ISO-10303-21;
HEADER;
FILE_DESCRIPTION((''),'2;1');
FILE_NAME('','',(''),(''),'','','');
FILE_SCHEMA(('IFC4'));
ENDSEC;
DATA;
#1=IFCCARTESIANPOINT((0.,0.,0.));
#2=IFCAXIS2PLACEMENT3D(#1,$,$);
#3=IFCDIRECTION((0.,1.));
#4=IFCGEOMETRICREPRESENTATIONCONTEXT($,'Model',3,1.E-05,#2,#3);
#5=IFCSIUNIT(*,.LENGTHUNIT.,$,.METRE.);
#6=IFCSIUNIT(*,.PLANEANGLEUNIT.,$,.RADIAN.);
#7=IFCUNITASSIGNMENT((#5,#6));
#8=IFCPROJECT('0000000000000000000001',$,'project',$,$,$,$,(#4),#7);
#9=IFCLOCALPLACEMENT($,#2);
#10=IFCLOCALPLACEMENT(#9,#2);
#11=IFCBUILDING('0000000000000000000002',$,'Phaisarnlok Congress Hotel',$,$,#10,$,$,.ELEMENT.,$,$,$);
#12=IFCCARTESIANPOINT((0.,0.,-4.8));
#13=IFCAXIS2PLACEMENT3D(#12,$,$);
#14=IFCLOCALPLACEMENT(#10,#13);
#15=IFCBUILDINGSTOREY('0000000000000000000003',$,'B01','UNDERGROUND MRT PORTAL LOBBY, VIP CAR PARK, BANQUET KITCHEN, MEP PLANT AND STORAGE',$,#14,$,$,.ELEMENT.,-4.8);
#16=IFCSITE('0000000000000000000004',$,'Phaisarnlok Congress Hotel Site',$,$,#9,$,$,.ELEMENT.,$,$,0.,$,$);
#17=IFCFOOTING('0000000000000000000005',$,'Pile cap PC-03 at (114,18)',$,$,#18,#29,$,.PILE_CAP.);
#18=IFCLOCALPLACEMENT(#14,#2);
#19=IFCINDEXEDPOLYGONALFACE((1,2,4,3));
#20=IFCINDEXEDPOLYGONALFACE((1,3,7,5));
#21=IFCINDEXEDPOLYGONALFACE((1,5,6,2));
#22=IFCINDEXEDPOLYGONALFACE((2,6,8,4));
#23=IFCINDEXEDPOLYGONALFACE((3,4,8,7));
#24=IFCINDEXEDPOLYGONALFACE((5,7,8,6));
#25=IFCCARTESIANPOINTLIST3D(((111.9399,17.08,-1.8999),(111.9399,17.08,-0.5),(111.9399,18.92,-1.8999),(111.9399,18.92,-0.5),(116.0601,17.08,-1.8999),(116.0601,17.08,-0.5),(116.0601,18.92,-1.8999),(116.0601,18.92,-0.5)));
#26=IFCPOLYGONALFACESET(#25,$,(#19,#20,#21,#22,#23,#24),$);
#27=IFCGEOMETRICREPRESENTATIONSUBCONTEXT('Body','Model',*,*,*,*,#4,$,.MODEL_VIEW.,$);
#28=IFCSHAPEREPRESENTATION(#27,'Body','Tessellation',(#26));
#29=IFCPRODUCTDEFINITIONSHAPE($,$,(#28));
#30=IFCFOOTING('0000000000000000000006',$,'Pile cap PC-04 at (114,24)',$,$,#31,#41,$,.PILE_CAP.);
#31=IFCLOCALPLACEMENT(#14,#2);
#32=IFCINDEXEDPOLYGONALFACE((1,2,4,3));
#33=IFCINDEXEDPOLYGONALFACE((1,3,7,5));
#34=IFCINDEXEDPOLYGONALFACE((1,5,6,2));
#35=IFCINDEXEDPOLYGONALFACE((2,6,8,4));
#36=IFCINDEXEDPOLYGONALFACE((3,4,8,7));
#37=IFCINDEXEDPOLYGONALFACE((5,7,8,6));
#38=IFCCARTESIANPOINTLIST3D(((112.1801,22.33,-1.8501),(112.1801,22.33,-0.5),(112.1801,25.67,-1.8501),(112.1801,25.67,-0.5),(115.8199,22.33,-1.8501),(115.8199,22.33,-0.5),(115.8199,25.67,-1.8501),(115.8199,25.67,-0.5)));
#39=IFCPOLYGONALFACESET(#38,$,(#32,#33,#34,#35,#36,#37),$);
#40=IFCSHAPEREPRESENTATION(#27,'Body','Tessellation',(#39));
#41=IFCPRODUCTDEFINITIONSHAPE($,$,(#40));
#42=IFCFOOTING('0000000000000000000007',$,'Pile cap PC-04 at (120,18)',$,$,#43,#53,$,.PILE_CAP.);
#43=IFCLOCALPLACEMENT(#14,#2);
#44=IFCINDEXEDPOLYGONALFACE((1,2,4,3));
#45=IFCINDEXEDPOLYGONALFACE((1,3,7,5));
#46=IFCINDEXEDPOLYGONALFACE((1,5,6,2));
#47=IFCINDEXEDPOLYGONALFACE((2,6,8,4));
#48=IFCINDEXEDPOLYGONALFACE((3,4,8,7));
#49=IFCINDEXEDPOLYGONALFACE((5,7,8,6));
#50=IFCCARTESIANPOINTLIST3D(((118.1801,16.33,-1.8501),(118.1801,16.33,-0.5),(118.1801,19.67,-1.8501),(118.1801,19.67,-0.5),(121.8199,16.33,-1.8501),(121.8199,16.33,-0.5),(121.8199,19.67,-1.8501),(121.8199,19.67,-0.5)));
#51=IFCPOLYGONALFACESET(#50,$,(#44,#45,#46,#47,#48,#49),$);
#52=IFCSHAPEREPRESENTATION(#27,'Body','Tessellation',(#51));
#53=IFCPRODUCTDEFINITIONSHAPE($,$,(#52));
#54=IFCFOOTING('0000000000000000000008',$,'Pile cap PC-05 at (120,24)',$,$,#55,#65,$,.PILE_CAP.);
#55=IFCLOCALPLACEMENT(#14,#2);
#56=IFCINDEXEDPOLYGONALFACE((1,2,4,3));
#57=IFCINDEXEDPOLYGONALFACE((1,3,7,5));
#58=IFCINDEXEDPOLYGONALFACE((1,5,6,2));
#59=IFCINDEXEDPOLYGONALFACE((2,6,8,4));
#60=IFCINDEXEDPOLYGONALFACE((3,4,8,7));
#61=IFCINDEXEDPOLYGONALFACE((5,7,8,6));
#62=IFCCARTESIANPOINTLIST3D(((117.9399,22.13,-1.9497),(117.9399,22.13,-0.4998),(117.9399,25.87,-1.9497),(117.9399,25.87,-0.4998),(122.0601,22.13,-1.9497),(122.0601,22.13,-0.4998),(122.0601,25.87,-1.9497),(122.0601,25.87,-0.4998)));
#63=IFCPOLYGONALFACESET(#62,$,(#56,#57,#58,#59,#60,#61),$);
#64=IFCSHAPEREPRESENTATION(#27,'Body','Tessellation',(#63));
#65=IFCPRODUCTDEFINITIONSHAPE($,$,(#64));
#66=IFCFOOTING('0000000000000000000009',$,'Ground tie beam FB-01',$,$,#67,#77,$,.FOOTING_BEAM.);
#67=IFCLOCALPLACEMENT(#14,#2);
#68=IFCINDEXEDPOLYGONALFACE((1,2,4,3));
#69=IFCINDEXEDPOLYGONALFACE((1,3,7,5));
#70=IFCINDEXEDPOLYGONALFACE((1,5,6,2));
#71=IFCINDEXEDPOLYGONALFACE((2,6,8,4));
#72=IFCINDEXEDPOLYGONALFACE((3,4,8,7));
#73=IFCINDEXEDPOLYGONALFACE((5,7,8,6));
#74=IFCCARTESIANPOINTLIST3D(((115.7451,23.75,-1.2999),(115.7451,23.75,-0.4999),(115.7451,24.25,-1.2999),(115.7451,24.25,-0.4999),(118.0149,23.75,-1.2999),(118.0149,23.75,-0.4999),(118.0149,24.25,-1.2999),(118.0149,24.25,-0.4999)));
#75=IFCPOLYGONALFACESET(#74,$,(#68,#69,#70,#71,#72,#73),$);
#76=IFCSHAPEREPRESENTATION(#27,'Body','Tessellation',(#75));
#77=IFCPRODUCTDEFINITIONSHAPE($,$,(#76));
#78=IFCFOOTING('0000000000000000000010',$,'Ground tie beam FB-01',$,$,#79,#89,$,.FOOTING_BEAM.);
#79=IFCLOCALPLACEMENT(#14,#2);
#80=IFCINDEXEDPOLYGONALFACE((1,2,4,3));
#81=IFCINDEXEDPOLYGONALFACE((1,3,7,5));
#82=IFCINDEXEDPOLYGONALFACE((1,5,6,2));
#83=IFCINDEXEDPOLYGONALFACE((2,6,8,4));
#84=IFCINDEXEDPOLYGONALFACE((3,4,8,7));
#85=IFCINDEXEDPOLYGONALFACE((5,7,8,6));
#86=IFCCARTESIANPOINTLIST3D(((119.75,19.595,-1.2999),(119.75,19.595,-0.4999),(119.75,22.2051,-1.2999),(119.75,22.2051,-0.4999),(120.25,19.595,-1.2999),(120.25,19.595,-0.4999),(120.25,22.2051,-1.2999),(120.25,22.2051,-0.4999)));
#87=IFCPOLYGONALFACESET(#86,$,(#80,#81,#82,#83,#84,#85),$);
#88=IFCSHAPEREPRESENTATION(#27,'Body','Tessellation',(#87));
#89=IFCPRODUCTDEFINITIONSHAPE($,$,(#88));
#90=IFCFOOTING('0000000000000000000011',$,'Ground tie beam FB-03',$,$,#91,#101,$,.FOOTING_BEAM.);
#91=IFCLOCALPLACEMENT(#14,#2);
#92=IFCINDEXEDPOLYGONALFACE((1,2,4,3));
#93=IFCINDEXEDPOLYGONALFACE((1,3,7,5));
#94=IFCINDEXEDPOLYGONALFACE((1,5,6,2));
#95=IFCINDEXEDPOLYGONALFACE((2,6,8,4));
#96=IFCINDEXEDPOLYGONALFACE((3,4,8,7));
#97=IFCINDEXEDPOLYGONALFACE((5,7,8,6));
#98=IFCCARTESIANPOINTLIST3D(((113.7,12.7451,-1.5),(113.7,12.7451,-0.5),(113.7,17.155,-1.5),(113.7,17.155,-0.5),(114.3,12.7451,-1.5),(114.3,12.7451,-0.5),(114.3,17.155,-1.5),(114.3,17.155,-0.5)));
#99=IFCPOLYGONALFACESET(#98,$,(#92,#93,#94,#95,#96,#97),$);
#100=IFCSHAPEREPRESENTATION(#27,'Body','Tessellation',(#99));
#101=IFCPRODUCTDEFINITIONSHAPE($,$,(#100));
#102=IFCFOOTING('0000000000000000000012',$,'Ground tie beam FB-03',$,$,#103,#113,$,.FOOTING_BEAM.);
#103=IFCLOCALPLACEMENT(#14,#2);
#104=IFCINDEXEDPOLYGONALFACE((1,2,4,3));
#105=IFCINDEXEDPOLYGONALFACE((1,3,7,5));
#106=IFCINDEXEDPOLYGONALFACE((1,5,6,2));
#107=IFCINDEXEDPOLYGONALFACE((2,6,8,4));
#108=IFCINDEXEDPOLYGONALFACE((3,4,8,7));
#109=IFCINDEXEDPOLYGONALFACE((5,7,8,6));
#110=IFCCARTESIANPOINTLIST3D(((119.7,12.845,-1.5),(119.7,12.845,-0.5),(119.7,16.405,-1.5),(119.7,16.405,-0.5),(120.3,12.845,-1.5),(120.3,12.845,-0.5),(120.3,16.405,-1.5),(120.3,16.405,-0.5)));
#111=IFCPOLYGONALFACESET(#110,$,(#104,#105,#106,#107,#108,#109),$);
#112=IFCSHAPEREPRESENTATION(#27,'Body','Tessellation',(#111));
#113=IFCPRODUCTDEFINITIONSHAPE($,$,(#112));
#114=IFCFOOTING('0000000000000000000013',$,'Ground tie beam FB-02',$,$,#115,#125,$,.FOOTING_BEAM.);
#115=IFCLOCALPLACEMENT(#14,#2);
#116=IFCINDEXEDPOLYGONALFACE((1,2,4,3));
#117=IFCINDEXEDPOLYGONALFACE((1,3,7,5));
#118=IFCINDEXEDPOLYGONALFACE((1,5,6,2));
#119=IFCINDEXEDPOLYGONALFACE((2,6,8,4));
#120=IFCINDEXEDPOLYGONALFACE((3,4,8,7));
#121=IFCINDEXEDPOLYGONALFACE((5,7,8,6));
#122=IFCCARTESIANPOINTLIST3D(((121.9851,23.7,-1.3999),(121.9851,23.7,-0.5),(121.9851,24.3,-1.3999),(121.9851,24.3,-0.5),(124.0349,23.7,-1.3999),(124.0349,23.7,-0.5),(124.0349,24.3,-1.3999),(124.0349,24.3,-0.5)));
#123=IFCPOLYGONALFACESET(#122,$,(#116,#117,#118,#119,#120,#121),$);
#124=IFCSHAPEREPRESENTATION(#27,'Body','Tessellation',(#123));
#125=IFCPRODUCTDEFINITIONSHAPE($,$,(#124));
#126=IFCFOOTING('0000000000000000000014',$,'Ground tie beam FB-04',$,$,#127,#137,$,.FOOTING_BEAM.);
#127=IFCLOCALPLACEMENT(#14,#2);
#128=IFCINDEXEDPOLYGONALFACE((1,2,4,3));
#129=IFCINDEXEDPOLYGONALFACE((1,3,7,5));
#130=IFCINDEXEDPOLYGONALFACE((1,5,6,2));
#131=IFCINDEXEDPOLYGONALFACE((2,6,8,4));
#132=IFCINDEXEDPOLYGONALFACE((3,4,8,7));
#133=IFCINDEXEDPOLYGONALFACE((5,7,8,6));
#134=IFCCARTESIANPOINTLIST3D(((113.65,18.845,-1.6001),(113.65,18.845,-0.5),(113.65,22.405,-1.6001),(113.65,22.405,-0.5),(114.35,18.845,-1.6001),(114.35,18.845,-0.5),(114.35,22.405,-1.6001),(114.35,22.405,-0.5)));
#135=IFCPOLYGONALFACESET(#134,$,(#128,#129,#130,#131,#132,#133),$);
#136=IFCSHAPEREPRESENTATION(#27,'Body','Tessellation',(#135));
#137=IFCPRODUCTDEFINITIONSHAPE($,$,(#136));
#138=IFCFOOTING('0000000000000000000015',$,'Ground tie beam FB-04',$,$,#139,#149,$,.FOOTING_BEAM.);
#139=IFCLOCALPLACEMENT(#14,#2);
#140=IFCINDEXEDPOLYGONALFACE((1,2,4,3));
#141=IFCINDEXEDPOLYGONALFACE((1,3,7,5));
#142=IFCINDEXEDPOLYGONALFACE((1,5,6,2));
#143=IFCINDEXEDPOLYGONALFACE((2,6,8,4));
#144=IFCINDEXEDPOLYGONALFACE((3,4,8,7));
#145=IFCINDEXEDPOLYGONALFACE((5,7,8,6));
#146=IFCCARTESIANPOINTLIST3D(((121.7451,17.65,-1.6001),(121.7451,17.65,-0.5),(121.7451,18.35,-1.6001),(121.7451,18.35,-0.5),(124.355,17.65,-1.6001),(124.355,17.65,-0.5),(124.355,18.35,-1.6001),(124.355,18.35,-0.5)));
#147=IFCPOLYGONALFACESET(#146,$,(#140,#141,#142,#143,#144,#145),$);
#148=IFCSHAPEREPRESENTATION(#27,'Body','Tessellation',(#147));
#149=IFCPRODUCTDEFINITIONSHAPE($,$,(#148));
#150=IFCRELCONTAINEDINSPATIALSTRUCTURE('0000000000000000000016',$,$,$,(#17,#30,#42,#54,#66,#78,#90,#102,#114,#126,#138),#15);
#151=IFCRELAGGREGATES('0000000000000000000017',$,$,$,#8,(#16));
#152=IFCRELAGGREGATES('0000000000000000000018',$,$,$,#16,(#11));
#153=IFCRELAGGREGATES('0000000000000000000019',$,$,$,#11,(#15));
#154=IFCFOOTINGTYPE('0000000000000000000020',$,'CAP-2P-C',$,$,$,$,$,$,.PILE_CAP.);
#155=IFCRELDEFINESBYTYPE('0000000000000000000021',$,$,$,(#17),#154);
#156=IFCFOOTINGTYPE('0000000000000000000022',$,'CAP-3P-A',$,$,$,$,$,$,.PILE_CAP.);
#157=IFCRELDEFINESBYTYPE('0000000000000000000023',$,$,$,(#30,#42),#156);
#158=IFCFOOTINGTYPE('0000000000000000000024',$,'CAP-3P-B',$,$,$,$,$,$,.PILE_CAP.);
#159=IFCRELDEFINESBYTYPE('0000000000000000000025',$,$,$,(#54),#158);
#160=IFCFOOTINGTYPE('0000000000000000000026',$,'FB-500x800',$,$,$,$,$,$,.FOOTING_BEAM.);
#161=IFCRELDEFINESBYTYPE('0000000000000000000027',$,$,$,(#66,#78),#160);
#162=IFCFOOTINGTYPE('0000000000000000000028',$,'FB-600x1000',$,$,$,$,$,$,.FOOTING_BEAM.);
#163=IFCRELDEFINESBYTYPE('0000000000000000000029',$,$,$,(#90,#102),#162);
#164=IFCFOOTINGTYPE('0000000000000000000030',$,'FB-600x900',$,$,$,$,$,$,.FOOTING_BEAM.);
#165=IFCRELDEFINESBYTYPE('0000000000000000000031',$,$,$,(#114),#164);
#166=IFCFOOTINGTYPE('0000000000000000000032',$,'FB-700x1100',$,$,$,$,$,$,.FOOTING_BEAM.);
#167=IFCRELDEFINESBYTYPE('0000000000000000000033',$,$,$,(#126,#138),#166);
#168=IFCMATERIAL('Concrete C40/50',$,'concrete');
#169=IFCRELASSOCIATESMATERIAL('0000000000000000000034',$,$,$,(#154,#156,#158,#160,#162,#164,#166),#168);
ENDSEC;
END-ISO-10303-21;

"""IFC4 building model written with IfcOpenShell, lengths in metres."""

from ifc_helpers import new_model, si_unit, direction, frame, origin, origin_2d, place, context, subcontext, project, spatial, rectangle, extrude, material, material_profile, profile_set, type_object, element, save


model = new_model("IFC4")

# Units and contexts
model_context = context("Model", 3, precision=1e-05, world=origin(), true_north=direction((0.0, 1.0)))
body_context = subcontext(model_context, "Body", "Model", "MODEL_VIEW")
ifc_project = project(units=[si_unit("LENGTHUNIT", "METRE"), si_unit("PLANEANGLEUNIT", "RADIAN")], contexts=[model_context])

# Site, building, storey
site_placement = place(None, origin())
site = spatial("IfcSite", under=ifc_project, at=site_placement, Name="Phaisarnlok Congress Hotel Site", CompositionType="ELEMENT", RefElevation=0.0)
building_placement = place(site_placement, origin())
building = spatial("IfcBuilding", under=site, at=building_placement, Name="Phaisarnlok Congress Hotel", CompositionType="ELEMENT")
storey_placement = place(building_placement, frame((0.0, 0.0, -4.8)))
storey = spatial("IfcBuildingStorey", under=building, at=storey_placement, Name="B01", Description="UNDERGROUND MRT PORTAL LOBBY, VIP CAR PARK, BANQUET KITCHEN, MEP PLANT AND STORAGE", CompositionType="ELEMENT", Elevation=-4.8)

# Footings
ifc_material_1 = material(Name="Concrete C40/50", Category="concrete")
footing_type_1 = type_object("IfcFootingType", Name="CAP-2P-C", PredefinedType="PILE_CAP", material=ifc_material_1)
footing_1_placement = place(storey_placement, frame((114.0, 18.0, -1.8999), z_axis=(0.0, 0.0, 1.0), x_axis=(1.0, 0.0, 0.0)))
element("IfcFooting", 1, at=footing_1_placement, inside=storey, type_object=footing_type_1, Name="Pile cap PC-03 at (114,18)", PredefinedType="PILE_CAP", context=body_context, shape_type="SweptSolid", body=[
    extrude(rectangle(XDim=4.1201, YDim=1.8401, at=origin_2d()), origin(), (0.0, 0.0, 1.0), 1.3999),
])
footing_type_2 = type_object("IfcFootingType", Name="CAP-3P-A", PredefinedType="PILE_CAP", material=ifc_material_1)
for number, where, z_axis, x_axis, name in (
    (2, (114.0, 24.0, -1.8501), (0.0, 0.0, 1.0), (1.0, 0.0, 0.0), "Pile cap PC-04 at (114,24)"),
    (3, (120.0, 18.0, -1.8501), (0.0, 0.0, 1.0), (1.0, 0.0, 0.0), "Pile cap PC-04 at (120,18)"),
):
    element("IfcFooting", number, at=place(storey_placement, frame(where, z_axis=z_axis, x_axis=x_axis)), inside=storey, type_object=footing_type_2, Name=name, PredefinedType="PILE_CAP", context=body_context, shape_type="SweptSolid", body=[
        extrude(rectangle(XDim=3.6399, YDim=3.3401, at=origin_2d()), origin(), (0.0, 0.0, 1.0), 1.3501),
    ])
footing_type_3 = type_object("IfcFootingType", Name="CAP-3P-B", PredefinedType="PILE_CAP", material=ifc_material_1)
footing_2_placement = place(storey_placement, frame((120.0, 24.0, -1.9497), z_axis=(0.0, 0.0, 1.0), x_axis=(1.0, 0.0, 0.0)))
element("IfcFooting", 4, at=footing_2_placement, inside=storey, type_object=footing_type_3, Name="Pile cap PC-05 at (120,24)", PredefinedType="PILE_CAP", context=body_context, shape_type="SweptSolid", body=[
    extrude(rectangle(XDim=4.1201, YDim=3.74, at=origin_2d()), origin(), (0.0, 0.0, 1.0), 1.45),
])
ifc_material_profile_1 = material_profile(ifc_material_1, rectangle(XDim=0.5, YDim=0.8, at=origin_2d()), Name="FB-500x800")
ifc_profile_set_1 = profile_set([ifc_material_profile_1], Name="Concrete C40/50")
footing_type_4 = type_object("IfcFootingType", Name="FB-500x800", PredefinedType="FOOTING_BEAM", material=ifc_profile_set_1)
footing_3_placement = place(storey_placement, frame((115.7451, 24.0, -0.8999), z_axis=(1.0, 0.0, 0.0), x_axis=(0.0, 1.0, 0.0)))
element("IfcFooting", 5, at=footing_3_placement, inside=storey, type_object=footing_type_4, Name="Ground tie beam FB-01", PredefinedType="FOOTING_BEAM", context=body_context, shape_type="SweptSolid", body=[
    extrude(rectangle(XDim=0.5, YDim=0.8, at=origin_2d()), origin(), (0.0, 0.0, 1.0), 2.2698),
])
footing_4_placement = place(storey_placement, frame((120.0, 19.595, -0.8999), z_axis=(0.0, 1.0, 0.0), x_axis=(-1.0, 0.0, 0.0)))
element("IfcFooting", 6, at=footing_4_placement, inside=storey, type_object=footing_type_4, Name="Ground tie beam FB-01", PredefinedType="FOOTING_BEAM", context=body_context, shape_type="SweptSolid", body=[
    extrude(rectangle(XDim=0.5, YDim=0.8, at=origin_2d()), origin(), (0.0, 0.0, 1.0), 2.6101),
])
ifc_material_profile_2 = material_profile(ifc_material_1, rectangle(XDim=0.6001, YDim=1.0, at=origin_2d()), Name="FB-600x1000")
ifc_profile_set_2 = profile_set([ifc_material_profile_2], Name="Concrete C40/50")
footing_type_5 = type_object("IfcFootingType", Name="FB-600x1000", PredefinedType="FOOTING_BEAM", material=ifc_profile_set_2)
footing_5_placement = place(storey_placement, frame((114.0, 12.7451, -1.0), z_axis=(0.0, 1.0, 0.0), x_axis=(-1.0, 0.0, 0.0)))
element("IfcFooting", 7, at=footing_5_placement, inside=storey, type_object=footing_type_5, Name="Ground tie beam FB-03", PredefinedType="FOOTING_BEAM", context=body_context, shape_type="SweptSolid", body=[
    extrude(rectangle(XDim=0.6001, YDim=1.0, at=origin_2d()), origin(), (0.0, 0.0, 1.0), 4.4099),
])
footing_6_placement = place(storey_placement, frame((120.0, 12.845, -1.0), z_axis=(0.0, 1.0, 0.0), x_axis=(-1.0, 0.0, 0.0)))
element("IfcFooting", 8, at=footing_6_placement, inside=storey, type_object=footing_type_5, Name="Ground tie beam FB-03", PredefinedType="FOOTING_BEAM", context=body_context, shape_type="SweptSolid", body=[
    extrude(rectangle(XDim=0.6001, YDim=1.0, at=origin_2d()), origin(), (0.0, 0.0, 1.0), 3.5601),
])
ifc_material_profile_3 = material_profile(ifc_material_1, rectangle(XDim=0.6001, YDim=0.8999, at=origin_2d()), Name="FB-600x900")
ifc_profile_set_3 = profile_set([ifc_material_profile_3], Name="Concrete C40/50")
footing_type_6 = type_object("IfcFootingType", Name="FB-600x900", PredefinedType="FOOTING_BEAM", material=ifc_profile_set_3)
footing_7_placement = place(storey_placement, frame((121.9851, 24.0, -0.95), z_axis=(1.0, 0.0, 0.0), x_axis=(0.0, 1.0, 0.0)))
element("IfcFooting", 9, at=footing_7_placement, inside=storey, type_object=footing_type_6, Name="Ground tie beam FB-02", PredefinedType="FOOTING_BEAM", context=body_context, shape_type="SweptSolid", body=[
    extrude(rectangle(XDim=0.6001, YDim=0.8999, at=origin_2d()), origin(), (0.0, 0.0, 1.0), 2.0498),
])
ifc_material_profile_4 = material_profile(ifc_material_1, rectangle(XDim=0.7, YDim=1.1001, at=origin_2d()), Name="FB-700x1100")
ifc_profile_set_4 = profile_set([ifc_material_profile_4], Name="Concrete C40/50")
footing_type_7 = type_object("IfcFootingType", Name="FB-700x1100", PredefinedType="FOOTING_BEAM", material=ifc_profile_set_4)
footing_8_placement = place(storey_placement, frame((114.0, 18.845, -1.05), z_axis=(0.0, 1.0, 0.0), x_axis=(-1.0, 0.0, 0.0)))
element("IfcFooting", 10, at=footing_8_placement, inside=storey, type_object=footing_type_7, Name="Ground tie beam FB-04", PredefinedType="FOOTING_BEAM", context=body_context, shape_type="SweptSolid", body=[
    extrude(rectangle(XDim=0.7, YDim=1.1001, at=origin_2d()), origin(), (0.0, 0.0, 1.0), 3.5601),
])
footing_9_placement = place(storey_placement, frame((121.7451, 18.0, -1.05), z_axis=(1.0, 0.0, 0.0), x_axis=(0.0, 1.0, 0.0)))
element("IfcFooting", 11, at=footing_9_placement, inside=storey, type_object=footing_type_7, Name="Ground tie beam FB-04", PredefinedType="FOOTING_BEAM", context=body_context, shape_type="SweptSolid", body=[
    extrude(rectangle(XDim=0.7, YDim=1.1001, at=origin_2d()), origin(), (0.0, 0.0, 1.0), 2.6099),
])

save(model, "model.ifc")
